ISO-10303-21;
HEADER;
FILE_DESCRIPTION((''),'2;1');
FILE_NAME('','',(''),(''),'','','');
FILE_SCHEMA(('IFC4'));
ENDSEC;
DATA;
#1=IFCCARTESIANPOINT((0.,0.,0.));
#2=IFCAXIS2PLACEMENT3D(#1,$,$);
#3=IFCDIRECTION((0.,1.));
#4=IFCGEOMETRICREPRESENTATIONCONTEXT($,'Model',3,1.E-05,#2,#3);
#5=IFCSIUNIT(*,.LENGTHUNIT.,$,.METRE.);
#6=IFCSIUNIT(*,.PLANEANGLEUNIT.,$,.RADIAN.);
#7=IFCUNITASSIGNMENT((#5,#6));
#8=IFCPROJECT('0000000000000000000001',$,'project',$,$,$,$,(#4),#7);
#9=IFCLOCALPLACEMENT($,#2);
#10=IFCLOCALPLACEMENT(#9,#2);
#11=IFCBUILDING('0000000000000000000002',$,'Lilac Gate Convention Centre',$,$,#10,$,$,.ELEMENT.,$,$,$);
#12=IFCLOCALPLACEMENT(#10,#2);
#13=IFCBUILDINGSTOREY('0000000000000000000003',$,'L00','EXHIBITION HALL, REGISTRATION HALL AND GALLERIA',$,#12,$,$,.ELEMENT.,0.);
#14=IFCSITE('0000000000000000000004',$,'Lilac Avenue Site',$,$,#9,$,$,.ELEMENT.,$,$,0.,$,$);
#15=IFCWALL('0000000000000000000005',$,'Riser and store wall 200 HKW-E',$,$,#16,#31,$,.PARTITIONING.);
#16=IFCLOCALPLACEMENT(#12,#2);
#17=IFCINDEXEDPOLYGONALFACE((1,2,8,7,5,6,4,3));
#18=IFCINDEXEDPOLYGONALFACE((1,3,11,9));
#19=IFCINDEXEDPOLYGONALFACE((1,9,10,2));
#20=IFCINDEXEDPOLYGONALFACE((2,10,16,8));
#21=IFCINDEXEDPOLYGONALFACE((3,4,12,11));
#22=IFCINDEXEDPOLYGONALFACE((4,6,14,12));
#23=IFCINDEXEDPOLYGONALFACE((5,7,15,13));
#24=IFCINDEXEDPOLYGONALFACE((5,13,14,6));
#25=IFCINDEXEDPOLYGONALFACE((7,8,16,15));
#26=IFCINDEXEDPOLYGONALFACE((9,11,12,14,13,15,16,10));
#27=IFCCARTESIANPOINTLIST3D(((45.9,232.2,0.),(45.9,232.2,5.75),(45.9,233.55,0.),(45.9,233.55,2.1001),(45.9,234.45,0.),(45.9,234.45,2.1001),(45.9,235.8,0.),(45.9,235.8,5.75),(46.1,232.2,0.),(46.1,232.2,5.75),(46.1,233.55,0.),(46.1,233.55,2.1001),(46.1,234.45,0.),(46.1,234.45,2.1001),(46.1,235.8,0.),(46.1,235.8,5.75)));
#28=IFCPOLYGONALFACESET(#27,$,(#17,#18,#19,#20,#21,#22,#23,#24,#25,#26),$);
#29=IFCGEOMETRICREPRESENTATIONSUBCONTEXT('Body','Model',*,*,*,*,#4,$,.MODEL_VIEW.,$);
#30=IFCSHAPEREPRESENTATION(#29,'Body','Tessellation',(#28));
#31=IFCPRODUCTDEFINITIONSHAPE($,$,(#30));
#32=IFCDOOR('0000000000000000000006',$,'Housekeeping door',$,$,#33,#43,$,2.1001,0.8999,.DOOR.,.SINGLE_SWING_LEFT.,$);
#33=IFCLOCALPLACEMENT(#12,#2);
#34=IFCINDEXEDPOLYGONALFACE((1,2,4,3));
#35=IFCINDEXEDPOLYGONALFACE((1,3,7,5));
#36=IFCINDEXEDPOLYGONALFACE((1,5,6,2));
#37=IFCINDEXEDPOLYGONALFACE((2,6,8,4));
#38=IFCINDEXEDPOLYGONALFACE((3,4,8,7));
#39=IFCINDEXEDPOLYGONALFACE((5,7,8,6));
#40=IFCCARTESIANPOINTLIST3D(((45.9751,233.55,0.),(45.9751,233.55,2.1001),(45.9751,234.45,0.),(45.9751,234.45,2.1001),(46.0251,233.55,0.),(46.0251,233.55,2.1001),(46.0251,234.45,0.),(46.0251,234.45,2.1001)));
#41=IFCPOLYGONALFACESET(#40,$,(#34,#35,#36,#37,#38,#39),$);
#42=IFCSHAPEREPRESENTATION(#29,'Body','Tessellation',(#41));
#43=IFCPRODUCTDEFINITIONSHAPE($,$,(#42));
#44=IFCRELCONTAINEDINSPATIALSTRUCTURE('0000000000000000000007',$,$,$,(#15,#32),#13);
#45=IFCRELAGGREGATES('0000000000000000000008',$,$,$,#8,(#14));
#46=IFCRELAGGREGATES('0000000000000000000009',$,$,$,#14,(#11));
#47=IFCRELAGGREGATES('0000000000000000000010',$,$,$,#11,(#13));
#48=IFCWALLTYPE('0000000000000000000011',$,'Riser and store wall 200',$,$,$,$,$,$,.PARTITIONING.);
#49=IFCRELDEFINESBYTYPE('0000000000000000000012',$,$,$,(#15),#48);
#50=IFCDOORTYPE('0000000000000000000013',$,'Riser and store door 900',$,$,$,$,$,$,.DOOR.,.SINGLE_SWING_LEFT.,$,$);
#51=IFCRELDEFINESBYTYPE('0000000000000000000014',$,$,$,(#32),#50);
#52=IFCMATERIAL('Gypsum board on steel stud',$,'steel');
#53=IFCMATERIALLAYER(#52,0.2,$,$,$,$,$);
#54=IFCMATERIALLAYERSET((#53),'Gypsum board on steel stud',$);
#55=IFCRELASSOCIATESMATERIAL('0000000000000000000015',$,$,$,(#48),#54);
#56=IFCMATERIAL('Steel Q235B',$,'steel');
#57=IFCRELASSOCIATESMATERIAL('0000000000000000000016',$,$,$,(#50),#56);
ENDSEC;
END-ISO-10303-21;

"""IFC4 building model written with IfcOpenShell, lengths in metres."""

from ifc_helpers import new_model, si_unit, direction, frame, frame_2d, origin, place, context, subcontext, project, spatial, rectangle, extrude, material, layer, layer_set, type_object, element, fill, save


model = new_model("IFC4")

# Units and contexts
model_context = context("Model", 3, precision=1e-05, world=origin(), true_north=direction((0.0, 1.0)))
body_context = subcontext(model_context, "Body", "Model", "MODEL_VIEW")
ifc_project = project(units=[si_unit("LENGTHUNIT", "METRE"), si_unit("PLANEANGLEUNIT", "RADIAN")], contexts=[model_context])

# Site, building, storey
site_placement = place(None, origin())
site = spatial("IfcSite", under=ifc_project, at=site_placement, Name="Lilac Avenue Site", CompositionType="ELEMENT", RefElevation=0.0)
building_placement = place(site_placement, origin())
building = spatial("IfcBuilding", under=site, at=building_placement, Name="Lilac Gate Convention Centre", CompositionType="ELEMENT")
storey_placement = place(building_placement, origin())
storey = spatial("IfcBuildingStorey", under=building, at=storey_placement, Name="L00", Description="EXHIBITION HALL, REGISTRATION HALL AND GALLERIA", CompositionType="ELEMENT", Elevation=0.0)

# Shared definitions
ifc_material_1 = material(Name="Gypsum board on steel stud", Category="steel")
ifc_layer_1 = layer(ifc_material_1, 0.2)
ifc_layer_set_1 = layer_set([ifc_layer_1], Name="Gypsum board on steel stud")
wall_type_1 = type_object("IfcWallType", Name="Riser and store wall 200", PredefinedType="PARTITIONING", material=ifc_layer_set_1)

# Wall, opening, door
wall_1_placement = place(storey_placement, frame((46.0, 232.2, 0.0), z_axis=(0.0, 0.0, 1.0), x_axis=(0.0, 1.0, 0.0)))
wall_1 = element("IfcWall", 1, at=wall_1_placement, inside=storey, type_object=wall_type_1, Name="Riser and store wall 200 HKW-E", PredefinedType="PARTITIONING", context=body_context, shape_type="SweptSolid", body=[
    extrude(rectangle(XDim=3.6001, YDim=0.2, at=frame_2d((1.8, 0.0))), origin(), (0.0, 0.0, 1.0), 5.75),
])
opening_1_placement = place(wall_1_placement, frame((1.3501, 0.0, 0.0)))
opening_1 = element("IfcOpeningElement", 2, at=opening_1_placement, cuts=wall_1, PredefinedType="OPENING", context=body_context, shape_type="SweptSolid", body=[
    extrude(rectangle(XDim=0.8999, YDim=2.1001, at=frame_2d((0.45, 1.05))), frame((0.0, 0.1099, 0.0), z_axis=(0.0, -1.0, 0.0), x_axis=(1.0, 0.0, 0.0)), (0.0, 0.0, 1.0), 0.22),
])
ifc_material_2 = material(Name="Steel Q235B", Category="steel")
door_type_1 = type_object("IfcDoorType", Name="Riser and store door 900", OperationType="SINGLE_SWING_LEFT", PredefinedType="DOOR", material=ifc_material_2)
door_1_placement = place(opening_1_placement, origin())
door_1 = element("IfcDoor", 3, at=door_1_placement, inside=storey, type_object=door_type_1, Name="Housekeeping door", OperationType="SINGLE_SWING_LEFT", OverallHeight=2.1001, OverallWidth=0.8999, PredefinedType="DOOR", context=body_context, shape_type="SweptSolid", body=[
    extrude(rectangle(XDim=0.8999, YDim=2.1001, at=frame_2d((0.45, 1.05))), frame((0.0, 0.0249, 0.0), z_axis=(0.0, -1.0, 0.0), x_axis=(1.0, 0.0, 0.0)), (0.0, 0.0, 1.0), 0.05),
])
fill(opening_1, door_1)

save(model, "model.ifc")
